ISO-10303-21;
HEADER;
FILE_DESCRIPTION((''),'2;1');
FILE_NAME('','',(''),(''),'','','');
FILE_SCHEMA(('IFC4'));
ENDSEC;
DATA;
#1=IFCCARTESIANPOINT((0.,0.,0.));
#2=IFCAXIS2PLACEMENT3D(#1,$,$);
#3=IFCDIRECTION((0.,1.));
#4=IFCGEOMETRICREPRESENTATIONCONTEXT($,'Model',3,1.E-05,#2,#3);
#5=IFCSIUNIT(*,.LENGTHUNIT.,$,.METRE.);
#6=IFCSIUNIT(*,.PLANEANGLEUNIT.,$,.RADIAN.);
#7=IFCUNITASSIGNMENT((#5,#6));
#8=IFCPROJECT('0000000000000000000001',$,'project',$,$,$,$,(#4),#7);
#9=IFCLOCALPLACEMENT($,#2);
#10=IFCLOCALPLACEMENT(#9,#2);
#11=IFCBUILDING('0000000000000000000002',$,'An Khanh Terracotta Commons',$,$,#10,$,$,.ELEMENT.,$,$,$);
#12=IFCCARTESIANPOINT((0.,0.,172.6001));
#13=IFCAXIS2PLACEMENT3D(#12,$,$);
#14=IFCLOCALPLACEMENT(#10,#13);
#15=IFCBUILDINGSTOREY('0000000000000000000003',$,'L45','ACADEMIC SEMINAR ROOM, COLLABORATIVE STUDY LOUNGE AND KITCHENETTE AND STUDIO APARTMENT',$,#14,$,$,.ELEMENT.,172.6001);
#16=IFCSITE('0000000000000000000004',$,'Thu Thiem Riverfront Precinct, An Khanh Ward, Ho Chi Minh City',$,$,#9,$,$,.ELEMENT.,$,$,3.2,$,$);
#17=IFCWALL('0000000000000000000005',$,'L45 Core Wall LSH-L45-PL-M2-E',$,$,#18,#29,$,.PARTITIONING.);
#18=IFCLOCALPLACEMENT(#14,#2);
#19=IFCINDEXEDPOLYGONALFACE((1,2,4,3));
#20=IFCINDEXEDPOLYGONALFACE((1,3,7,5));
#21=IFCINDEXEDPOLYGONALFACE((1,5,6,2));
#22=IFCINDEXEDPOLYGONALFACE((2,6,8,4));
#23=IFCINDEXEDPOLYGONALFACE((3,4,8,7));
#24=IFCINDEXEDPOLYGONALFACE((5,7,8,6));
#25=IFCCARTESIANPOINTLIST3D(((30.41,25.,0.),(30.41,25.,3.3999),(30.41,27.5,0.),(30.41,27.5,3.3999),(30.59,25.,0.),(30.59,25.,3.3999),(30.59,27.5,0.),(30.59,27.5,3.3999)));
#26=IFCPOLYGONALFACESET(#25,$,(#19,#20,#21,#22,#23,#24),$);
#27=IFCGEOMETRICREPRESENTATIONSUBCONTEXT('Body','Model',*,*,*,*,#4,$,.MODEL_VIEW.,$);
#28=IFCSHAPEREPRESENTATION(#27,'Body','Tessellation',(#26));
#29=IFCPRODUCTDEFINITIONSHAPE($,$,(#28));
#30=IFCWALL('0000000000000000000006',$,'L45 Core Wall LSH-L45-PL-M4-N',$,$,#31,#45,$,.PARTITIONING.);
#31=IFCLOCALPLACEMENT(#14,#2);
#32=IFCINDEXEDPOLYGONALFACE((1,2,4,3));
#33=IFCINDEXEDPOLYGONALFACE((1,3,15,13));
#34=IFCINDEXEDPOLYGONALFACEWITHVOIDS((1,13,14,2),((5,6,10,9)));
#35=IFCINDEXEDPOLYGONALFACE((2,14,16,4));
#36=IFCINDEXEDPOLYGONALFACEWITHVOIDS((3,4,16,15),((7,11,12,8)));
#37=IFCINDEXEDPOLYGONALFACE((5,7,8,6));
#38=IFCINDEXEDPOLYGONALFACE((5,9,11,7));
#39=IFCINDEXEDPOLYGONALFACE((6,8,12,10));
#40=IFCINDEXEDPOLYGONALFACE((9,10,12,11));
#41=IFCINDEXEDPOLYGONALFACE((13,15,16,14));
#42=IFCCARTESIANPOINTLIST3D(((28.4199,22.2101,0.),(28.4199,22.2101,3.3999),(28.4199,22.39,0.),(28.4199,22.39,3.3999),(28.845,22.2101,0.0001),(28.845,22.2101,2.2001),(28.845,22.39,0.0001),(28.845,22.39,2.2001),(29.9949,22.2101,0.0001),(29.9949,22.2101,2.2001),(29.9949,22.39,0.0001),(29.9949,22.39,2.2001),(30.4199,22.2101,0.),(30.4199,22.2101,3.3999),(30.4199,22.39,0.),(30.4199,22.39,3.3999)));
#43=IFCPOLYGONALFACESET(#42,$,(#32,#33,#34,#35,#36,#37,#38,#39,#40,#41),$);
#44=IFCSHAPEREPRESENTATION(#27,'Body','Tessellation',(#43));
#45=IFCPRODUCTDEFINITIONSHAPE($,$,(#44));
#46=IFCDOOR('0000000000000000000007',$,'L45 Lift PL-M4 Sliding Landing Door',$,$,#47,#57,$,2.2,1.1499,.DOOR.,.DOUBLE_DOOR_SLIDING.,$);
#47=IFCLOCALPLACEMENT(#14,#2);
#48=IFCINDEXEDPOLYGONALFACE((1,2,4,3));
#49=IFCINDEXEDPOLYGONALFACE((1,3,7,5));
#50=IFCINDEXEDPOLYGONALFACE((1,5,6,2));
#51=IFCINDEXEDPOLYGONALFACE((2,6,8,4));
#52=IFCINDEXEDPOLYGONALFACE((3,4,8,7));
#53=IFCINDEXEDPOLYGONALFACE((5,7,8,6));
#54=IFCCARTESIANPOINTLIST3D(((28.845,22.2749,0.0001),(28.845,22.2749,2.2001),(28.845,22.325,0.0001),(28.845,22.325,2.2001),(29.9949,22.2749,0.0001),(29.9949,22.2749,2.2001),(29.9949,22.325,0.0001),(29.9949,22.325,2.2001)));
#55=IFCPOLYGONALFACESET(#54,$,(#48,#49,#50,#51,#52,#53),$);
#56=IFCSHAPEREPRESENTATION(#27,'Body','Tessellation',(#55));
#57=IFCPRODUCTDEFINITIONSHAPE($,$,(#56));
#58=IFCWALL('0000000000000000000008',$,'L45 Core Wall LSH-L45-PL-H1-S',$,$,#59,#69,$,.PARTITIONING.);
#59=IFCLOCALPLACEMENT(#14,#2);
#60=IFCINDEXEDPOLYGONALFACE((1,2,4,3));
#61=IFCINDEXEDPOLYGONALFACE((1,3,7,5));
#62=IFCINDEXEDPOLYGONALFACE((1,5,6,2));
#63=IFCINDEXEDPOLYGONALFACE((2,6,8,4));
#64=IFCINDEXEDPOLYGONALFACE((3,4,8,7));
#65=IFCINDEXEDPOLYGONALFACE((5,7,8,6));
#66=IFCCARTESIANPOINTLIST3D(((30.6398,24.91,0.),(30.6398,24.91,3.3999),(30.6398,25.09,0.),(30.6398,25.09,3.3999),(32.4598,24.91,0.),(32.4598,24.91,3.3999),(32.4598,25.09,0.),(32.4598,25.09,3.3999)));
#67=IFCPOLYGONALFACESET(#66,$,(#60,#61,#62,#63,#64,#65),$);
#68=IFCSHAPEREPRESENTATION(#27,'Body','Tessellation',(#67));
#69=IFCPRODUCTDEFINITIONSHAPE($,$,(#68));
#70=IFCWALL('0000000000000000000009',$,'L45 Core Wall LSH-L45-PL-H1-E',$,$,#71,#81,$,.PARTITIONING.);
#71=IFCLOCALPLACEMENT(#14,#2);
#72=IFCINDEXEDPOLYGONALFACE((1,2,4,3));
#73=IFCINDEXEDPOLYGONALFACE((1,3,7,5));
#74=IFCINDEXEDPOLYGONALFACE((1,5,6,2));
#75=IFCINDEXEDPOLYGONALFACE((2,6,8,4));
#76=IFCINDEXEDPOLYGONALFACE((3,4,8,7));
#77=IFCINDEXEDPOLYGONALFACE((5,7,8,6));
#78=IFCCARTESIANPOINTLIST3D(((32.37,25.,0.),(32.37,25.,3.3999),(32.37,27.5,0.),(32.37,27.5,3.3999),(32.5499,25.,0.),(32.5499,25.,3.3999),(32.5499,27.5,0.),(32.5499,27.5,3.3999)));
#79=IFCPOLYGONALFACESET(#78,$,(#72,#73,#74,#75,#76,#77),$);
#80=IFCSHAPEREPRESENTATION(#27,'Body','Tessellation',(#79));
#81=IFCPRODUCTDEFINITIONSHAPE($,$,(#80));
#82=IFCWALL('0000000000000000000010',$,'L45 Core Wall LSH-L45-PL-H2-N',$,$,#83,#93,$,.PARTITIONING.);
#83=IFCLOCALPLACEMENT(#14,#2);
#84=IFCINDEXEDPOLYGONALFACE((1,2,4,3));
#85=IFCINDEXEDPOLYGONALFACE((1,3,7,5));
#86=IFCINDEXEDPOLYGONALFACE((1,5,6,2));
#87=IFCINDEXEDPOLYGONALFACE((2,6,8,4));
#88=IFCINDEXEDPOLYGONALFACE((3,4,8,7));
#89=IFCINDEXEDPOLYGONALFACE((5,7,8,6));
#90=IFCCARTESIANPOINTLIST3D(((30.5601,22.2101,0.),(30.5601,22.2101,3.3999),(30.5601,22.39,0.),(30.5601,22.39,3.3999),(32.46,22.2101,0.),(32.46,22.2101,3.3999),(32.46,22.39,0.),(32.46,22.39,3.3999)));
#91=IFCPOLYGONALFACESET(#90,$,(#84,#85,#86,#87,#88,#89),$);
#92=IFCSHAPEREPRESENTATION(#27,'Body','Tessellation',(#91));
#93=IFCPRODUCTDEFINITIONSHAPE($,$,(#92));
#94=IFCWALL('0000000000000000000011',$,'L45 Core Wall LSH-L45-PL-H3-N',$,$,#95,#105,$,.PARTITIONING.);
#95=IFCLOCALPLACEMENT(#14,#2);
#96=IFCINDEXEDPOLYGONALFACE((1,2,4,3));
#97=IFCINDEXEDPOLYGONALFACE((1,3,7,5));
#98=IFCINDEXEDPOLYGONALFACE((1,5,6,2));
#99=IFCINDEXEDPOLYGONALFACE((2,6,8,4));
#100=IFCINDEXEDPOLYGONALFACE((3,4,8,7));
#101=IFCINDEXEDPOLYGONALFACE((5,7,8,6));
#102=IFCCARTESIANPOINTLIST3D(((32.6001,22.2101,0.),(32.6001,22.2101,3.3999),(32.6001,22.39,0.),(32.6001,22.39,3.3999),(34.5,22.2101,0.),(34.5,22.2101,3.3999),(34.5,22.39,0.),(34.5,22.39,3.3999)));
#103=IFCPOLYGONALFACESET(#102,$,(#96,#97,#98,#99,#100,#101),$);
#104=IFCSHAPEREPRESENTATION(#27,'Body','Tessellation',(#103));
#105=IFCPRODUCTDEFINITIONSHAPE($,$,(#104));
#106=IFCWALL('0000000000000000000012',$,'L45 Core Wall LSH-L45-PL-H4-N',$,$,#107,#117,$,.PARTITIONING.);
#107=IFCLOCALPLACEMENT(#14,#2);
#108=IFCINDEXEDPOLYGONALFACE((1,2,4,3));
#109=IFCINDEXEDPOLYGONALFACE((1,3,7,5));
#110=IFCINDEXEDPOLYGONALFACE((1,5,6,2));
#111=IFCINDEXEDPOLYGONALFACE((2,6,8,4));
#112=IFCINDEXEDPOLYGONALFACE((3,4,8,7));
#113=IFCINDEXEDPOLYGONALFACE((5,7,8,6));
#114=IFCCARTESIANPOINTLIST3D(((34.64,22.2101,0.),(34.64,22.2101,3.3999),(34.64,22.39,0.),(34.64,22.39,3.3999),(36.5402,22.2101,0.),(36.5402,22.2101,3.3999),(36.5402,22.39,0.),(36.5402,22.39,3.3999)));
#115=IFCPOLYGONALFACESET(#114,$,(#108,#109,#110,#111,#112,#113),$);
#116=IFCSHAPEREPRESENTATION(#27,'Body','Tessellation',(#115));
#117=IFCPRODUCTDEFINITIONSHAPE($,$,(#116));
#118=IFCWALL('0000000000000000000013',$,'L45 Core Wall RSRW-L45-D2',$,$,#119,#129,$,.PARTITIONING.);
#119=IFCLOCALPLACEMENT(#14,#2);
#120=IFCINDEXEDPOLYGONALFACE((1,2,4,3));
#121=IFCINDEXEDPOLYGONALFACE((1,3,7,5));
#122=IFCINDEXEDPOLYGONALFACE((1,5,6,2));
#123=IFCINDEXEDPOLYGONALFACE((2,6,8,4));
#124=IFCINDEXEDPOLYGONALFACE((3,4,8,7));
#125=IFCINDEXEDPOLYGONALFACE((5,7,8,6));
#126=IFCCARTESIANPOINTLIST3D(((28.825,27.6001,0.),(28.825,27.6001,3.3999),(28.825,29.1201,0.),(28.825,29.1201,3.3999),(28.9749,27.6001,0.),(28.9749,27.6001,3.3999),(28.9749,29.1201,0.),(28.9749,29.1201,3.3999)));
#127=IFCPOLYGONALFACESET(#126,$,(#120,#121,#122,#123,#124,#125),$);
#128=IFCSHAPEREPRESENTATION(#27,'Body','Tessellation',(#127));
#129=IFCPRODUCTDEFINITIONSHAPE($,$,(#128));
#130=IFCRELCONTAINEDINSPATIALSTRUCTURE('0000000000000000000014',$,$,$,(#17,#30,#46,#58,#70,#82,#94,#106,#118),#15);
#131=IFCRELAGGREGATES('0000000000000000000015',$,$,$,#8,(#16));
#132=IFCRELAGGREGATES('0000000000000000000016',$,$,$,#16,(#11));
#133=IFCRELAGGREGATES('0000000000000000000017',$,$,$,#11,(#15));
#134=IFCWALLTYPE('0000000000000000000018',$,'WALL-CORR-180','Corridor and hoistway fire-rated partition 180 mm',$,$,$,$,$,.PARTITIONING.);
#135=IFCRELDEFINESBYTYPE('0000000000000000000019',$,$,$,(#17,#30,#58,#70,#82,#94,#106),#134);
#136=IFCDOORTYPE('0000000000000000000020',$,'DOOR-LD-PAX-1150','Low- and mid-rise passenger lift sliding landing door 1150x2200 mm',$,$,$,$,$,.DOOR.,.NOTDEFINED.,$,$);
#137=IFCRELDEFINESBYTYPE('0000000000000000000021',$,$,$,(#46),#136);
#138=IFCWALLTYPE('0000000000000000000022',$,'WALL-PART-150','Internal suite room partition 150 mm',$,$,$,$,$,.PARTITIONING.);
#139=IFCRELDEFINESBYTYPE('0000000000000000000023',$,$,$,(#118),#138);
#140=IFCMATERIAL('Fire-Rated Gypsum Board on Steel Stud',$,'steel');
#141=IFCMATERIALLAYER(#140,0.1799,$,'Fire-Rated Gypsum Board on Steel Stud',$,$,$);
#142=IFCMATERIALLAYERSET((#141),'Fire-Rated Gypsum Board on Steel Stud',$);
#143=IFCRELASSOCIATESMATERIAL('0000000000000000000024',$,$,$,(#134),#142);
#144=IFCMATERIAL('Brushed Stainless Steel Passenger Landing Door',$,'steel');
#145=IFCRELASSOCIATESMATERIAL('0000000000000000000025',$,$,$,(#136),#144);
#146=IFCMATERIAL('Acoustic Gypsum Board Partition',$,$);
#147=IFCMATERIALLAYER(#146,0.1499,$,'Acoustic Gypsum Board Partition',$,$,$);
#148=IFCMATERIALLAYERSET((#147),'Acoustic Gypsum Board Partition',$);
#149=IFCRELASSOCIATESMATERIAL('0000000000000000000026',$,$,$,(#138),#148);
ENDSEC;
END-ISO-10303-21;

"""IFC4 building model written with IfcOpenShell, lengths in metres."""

from ifc_helpers import new_model, si_unit, direction, frame, frame_2d, origin, place, context, subcontext, project, spatial, rectangle, extrude, material, layer, layer_set, type_object, element, fill, save


model = new_model("IFC4")

# Units and contexts
model_context = context("Model", 3, precision=1e-05, world=origin(), true_north=direction((0.0, 1.0)))
body_context = subcontext(model_context, "Body", "Model", "MODEL_VIEW")
ifc_project = project(units=[si_unit("LENGTHUNIT", "METRE"), si_unit("PLANEANGLEUNIT", "RADIAN")], contexts=[model_context])

# Site, building, storey
site_placement = place(None, origin())
site = spatial("IfcSite", under=ifc_project, at=site_placement, Name="Thu Thiem Riverfront Precinct, An Khanh Ward, Ho Chi Minh City", CompositionType="ELEMENT", RefElevation=3.2)
building_placement = place(site_placement, origin())
building = spatial("IfcBuilding", under=site, at=building_placement, Name="An Khanh Terracotta Commons", CompositionType="ELEMENT")
storey_placement = place(building_placement, frame((0.0, 0.0, 172.6001)))
storey = spatial("IfcBuildingStorey", under=building, at=storey_placement, Name="L45", Description="ACADEMIC SEMINAR ROOM, COLLABORATIVE STUDY LOUNGE AND KITCHENETTE AND STUDIO APARTMENT", CompositionType="ELEMENT", Elevation=172.6001)

# Shared definitions
ifc_material_1 = material(Name="Fire-Rated Gypsum Board on Steel Stud", Category="steel")
ifc_layer_1 = layer(ifc_material_1, 0.1799, Name="Fire-Rated Gypsum Board on Steel Stud")
ifc_layer_set_1 = layer_set([ifc_layer_1], Name="Fire-Rated Gypsum Board on Steel Stud")
wall_type_1 = type_object("IfcWallType", Name="WALL-CORR-180", Description="Corridor and hoistway fire-rated partition 180 mm", PredefinedType="PARTITIONING", material=ifc_layer_set_1)

# Shared definitions
ifc_material_2 = material(Name="Brushed Stainless Steel Passenger Landing Door", Category="steel")
door_type = type_object("IfcDoorType", Name="DOOR-LD-PAX-1150", Description="Low- and mid-rise passenger lift sliding landing door 1150x2200 mm", OperationType="NOTDEFINED", PredefinedType="DOOR", material=ifc_material_2)

# Wall
wall_1_placement = place(storey_placement, frame((30.5, 25.0, 0.0), z_axis=(0.0, 0.0, 1.0), x_axis=(0.0, 1.0, 0.0)))
element("IfcWall", 1, at=wall_1_placement, inside=storey, type_object=wall_type_1, Name="L45 Core Wall LSH-L45-PL-M2-E", PredefinedType="PARTITIONING", context=body_context, shape_type="SweptSolid", body=[
    extrude(rectangle(XDim=2.5, YDim=0.1799, at=frame_2d((1.25, 0.0))), origin(), (0.0, 0.0, 1.0), 3.3999),
])

# Wall, opening, door
wall_2_placement = place(storey_placement, frame((28.4199, 22.3, 0.0), z_axis=(0.0, 0.0, 1.0), x_axis=(1.0, 0.0, 0.0)))
wall_2 = element("IfcWall", 2, at=wall_2_placement, inside=storey, type_object=wall_type_1, Name="L45 Core Wall LSH-L45-PL-M4-N", PredefinedType="PARTITIONING", context=body_context, shape_type="SweptSolid", body=[
    extrude(rectangle(XDim=2.0, YDim=0.1799, at=frame_2d((1.0, 0.0))), origin(), (0.0, 0.0, 1.0), 3.3999),
])
opening_1_placement = place(wall_2_placement, frame((0.425, 0.0, 0.0)))
opening_1 = element("IfcOpeningElement", 3, at=opening_1_placement, cuts=wall_2, PredefinedType="OPENING", context=body_context, shape_type="SweptSolid", body=[
    extrude(rectangle(XDim=1.1499, YDim=2.2, at=frame_2d((0.575, 1.1001))), frame((0.0, 0.0999, 0.0), z_axis=(0.0, -1.0, 0.0), x_axis=(1.0, 0.0, 0.0)), (0.0, 0.0, 1.0), 0.2),
])
door_1_placement = place(opening_1_placement, origin())
door_1 = element("IfcDoor", 4, at=door_1_placement, inside=storey, type_object=door_type, Name="L45 Lift PL-M4 Sliding Landing Door", OperationType="DOUBLE_DOOR_SLIDING", OverallHeight=2.2, OverallWidth=1.1499, PredefinedType="DOOR", context=body_context, shape_type="SweptSolid", body=[
    extrude(rectangle(XDim=1.1499, YDim=2.2, at=frame_2d((0.575, 1.1001))), frame((0.0, 0.0249, 0.0), z_axis=(0.0, -1.0, 0.0), x_axis=(1.0, 0.0, 0.0)), (0.0, 0.0, 1.0), 0.05),
])
fill(opening_1, door_1)

# Walls
wall_3_placement = place(storey_placement, frame((32.46, 25.0, 0.0), z_axis=(0.0, 0.0, 1.0), x_axis=(-1.0, 0.0, 0.0)))
element("IfcWall", 5, at=wall_3_placement, inside=storey, type_object=wall_type_1, Name="L45 Core Wall LSH-L45-PL-H1-S", PredefinedType="PARTITIONING", context=body_context, shape_type="SweptSolid", body=[
    extrude(rectangle(XDim=1.8201, YDim=0.1799, at=frame_2d((0.9102, 0.0))), origin(), (0.0, 0.0, 1.0), 3.3999),
])
wall_4_placement = place(storey_placement, frame((32.46, 25.0, 0.0), z_axis=(0.0, 0.0, 1.0), x_axis=(0.0, 1.0, 0.0)))
element("IfcWall", 6, at=wall_4_placement, inside=storey, type_object=wall_type_1, Name="L45 Core Wall LSH-L45-PL-H1-E", PredefinedType="PARTITIONING", context=body_context, shape_type="SweptSolid", body=[
    extrude(rectangle(XDim=2.5, YDim=0.1799, at=frame_2d((1.25, 0.0))), origin(), (0.0, 0.0, 1.0), 3.3999),
])
for number, where, z_axis, x_axis, name in (
    (7, (30.5601, 22.3, 0.0), (0.0, 0.0, 1.0), (1.0, 0.0, 0.0), "L45 Core Wall LSH-L45-PL-H2-N"),
    (8, (32.6001, 22.3, 0.0), (0.0, 0.0, 1.0), (1.0, 0.0, 0.0), "L45 Core Wall LSH-L45-PL-H3-N"),
):
    element("IfcWall", number, at=place(storey_placement, frame(where, z_axis=z_axis, x_axis=x_axis)), inside=storey, type_object=wall_type_1, Name=name, PredefinedType="PARTITIONING", context=body_context, shape_type="SweptSolid", body=[
        extrude(rectangle(XDim=1.8999, YDim=0.1799, at=frame_2d((0.95, 0.0))), origin(), (0.0, 0.0, 1.0), 3.3999),
    ])
wall_5_placement = place(storey_placement, frame((34.6399, 22.3, 0.0), z_axis=(0.0, 0.0, 1.0), x_axis=(1.0, 0.0, 0.0)))
element("IfcWall", 9, at=wall_5_placement, inside=storey, type_object=wall_type_1, Name="L45 Core Wall LSH-L45-PL-H4-N", PredefinedType="PARTITIONING", context=body_context, shape_type="SweptSolid", body=[
    extrude(rectangle(XDim=1.9001, YDim=0.1799, at=frame_2d((0.9502, 0.0))), origin(), (0.0, 0.0, 1.0), 3.3999),
])
ifc_material_3 = material(Name="Acoustic Gypsum Board Partition")
ifc_layer_2 = layer(ifc_material_3, 0.1499, Name="Acoustic Gypsum Board Partition")
ifc_layer_set_2 = layer_set([ifc_layer_2], Name="Acoustic Gypsum Board Partition")
wall_type_2 = type_object("IfcWallType", Name="WALL-PART-150", Description="Internal suite room partition 150 mm", PredefinedType="PARTITIONING", material=ifc_layer_set_2)
wall_6_placement = place(storey_placement, frame((28.8999, 27.6001, 0.0), z_axis=(0.0, 0.0, 1.0), x_axis=(0.0, 1.0, 0.0)))
element("IfcWall", 10, at=wall_6_placement, inside=storey, type_object=wall_type_2, Name="L45 Core Wall RSRW-L45-D2", PredefinedType="PARTITIONING", context=body_context, shape_type="SweptSolid", body=[
    extrude(rectangle(XDim=1.52, YDim=0.1499, at=frame_2d((0.76, 0.0))), origin(), (0.0, 0.0, 1.0), 3.3999),
])

save(model, "model.ifc")
